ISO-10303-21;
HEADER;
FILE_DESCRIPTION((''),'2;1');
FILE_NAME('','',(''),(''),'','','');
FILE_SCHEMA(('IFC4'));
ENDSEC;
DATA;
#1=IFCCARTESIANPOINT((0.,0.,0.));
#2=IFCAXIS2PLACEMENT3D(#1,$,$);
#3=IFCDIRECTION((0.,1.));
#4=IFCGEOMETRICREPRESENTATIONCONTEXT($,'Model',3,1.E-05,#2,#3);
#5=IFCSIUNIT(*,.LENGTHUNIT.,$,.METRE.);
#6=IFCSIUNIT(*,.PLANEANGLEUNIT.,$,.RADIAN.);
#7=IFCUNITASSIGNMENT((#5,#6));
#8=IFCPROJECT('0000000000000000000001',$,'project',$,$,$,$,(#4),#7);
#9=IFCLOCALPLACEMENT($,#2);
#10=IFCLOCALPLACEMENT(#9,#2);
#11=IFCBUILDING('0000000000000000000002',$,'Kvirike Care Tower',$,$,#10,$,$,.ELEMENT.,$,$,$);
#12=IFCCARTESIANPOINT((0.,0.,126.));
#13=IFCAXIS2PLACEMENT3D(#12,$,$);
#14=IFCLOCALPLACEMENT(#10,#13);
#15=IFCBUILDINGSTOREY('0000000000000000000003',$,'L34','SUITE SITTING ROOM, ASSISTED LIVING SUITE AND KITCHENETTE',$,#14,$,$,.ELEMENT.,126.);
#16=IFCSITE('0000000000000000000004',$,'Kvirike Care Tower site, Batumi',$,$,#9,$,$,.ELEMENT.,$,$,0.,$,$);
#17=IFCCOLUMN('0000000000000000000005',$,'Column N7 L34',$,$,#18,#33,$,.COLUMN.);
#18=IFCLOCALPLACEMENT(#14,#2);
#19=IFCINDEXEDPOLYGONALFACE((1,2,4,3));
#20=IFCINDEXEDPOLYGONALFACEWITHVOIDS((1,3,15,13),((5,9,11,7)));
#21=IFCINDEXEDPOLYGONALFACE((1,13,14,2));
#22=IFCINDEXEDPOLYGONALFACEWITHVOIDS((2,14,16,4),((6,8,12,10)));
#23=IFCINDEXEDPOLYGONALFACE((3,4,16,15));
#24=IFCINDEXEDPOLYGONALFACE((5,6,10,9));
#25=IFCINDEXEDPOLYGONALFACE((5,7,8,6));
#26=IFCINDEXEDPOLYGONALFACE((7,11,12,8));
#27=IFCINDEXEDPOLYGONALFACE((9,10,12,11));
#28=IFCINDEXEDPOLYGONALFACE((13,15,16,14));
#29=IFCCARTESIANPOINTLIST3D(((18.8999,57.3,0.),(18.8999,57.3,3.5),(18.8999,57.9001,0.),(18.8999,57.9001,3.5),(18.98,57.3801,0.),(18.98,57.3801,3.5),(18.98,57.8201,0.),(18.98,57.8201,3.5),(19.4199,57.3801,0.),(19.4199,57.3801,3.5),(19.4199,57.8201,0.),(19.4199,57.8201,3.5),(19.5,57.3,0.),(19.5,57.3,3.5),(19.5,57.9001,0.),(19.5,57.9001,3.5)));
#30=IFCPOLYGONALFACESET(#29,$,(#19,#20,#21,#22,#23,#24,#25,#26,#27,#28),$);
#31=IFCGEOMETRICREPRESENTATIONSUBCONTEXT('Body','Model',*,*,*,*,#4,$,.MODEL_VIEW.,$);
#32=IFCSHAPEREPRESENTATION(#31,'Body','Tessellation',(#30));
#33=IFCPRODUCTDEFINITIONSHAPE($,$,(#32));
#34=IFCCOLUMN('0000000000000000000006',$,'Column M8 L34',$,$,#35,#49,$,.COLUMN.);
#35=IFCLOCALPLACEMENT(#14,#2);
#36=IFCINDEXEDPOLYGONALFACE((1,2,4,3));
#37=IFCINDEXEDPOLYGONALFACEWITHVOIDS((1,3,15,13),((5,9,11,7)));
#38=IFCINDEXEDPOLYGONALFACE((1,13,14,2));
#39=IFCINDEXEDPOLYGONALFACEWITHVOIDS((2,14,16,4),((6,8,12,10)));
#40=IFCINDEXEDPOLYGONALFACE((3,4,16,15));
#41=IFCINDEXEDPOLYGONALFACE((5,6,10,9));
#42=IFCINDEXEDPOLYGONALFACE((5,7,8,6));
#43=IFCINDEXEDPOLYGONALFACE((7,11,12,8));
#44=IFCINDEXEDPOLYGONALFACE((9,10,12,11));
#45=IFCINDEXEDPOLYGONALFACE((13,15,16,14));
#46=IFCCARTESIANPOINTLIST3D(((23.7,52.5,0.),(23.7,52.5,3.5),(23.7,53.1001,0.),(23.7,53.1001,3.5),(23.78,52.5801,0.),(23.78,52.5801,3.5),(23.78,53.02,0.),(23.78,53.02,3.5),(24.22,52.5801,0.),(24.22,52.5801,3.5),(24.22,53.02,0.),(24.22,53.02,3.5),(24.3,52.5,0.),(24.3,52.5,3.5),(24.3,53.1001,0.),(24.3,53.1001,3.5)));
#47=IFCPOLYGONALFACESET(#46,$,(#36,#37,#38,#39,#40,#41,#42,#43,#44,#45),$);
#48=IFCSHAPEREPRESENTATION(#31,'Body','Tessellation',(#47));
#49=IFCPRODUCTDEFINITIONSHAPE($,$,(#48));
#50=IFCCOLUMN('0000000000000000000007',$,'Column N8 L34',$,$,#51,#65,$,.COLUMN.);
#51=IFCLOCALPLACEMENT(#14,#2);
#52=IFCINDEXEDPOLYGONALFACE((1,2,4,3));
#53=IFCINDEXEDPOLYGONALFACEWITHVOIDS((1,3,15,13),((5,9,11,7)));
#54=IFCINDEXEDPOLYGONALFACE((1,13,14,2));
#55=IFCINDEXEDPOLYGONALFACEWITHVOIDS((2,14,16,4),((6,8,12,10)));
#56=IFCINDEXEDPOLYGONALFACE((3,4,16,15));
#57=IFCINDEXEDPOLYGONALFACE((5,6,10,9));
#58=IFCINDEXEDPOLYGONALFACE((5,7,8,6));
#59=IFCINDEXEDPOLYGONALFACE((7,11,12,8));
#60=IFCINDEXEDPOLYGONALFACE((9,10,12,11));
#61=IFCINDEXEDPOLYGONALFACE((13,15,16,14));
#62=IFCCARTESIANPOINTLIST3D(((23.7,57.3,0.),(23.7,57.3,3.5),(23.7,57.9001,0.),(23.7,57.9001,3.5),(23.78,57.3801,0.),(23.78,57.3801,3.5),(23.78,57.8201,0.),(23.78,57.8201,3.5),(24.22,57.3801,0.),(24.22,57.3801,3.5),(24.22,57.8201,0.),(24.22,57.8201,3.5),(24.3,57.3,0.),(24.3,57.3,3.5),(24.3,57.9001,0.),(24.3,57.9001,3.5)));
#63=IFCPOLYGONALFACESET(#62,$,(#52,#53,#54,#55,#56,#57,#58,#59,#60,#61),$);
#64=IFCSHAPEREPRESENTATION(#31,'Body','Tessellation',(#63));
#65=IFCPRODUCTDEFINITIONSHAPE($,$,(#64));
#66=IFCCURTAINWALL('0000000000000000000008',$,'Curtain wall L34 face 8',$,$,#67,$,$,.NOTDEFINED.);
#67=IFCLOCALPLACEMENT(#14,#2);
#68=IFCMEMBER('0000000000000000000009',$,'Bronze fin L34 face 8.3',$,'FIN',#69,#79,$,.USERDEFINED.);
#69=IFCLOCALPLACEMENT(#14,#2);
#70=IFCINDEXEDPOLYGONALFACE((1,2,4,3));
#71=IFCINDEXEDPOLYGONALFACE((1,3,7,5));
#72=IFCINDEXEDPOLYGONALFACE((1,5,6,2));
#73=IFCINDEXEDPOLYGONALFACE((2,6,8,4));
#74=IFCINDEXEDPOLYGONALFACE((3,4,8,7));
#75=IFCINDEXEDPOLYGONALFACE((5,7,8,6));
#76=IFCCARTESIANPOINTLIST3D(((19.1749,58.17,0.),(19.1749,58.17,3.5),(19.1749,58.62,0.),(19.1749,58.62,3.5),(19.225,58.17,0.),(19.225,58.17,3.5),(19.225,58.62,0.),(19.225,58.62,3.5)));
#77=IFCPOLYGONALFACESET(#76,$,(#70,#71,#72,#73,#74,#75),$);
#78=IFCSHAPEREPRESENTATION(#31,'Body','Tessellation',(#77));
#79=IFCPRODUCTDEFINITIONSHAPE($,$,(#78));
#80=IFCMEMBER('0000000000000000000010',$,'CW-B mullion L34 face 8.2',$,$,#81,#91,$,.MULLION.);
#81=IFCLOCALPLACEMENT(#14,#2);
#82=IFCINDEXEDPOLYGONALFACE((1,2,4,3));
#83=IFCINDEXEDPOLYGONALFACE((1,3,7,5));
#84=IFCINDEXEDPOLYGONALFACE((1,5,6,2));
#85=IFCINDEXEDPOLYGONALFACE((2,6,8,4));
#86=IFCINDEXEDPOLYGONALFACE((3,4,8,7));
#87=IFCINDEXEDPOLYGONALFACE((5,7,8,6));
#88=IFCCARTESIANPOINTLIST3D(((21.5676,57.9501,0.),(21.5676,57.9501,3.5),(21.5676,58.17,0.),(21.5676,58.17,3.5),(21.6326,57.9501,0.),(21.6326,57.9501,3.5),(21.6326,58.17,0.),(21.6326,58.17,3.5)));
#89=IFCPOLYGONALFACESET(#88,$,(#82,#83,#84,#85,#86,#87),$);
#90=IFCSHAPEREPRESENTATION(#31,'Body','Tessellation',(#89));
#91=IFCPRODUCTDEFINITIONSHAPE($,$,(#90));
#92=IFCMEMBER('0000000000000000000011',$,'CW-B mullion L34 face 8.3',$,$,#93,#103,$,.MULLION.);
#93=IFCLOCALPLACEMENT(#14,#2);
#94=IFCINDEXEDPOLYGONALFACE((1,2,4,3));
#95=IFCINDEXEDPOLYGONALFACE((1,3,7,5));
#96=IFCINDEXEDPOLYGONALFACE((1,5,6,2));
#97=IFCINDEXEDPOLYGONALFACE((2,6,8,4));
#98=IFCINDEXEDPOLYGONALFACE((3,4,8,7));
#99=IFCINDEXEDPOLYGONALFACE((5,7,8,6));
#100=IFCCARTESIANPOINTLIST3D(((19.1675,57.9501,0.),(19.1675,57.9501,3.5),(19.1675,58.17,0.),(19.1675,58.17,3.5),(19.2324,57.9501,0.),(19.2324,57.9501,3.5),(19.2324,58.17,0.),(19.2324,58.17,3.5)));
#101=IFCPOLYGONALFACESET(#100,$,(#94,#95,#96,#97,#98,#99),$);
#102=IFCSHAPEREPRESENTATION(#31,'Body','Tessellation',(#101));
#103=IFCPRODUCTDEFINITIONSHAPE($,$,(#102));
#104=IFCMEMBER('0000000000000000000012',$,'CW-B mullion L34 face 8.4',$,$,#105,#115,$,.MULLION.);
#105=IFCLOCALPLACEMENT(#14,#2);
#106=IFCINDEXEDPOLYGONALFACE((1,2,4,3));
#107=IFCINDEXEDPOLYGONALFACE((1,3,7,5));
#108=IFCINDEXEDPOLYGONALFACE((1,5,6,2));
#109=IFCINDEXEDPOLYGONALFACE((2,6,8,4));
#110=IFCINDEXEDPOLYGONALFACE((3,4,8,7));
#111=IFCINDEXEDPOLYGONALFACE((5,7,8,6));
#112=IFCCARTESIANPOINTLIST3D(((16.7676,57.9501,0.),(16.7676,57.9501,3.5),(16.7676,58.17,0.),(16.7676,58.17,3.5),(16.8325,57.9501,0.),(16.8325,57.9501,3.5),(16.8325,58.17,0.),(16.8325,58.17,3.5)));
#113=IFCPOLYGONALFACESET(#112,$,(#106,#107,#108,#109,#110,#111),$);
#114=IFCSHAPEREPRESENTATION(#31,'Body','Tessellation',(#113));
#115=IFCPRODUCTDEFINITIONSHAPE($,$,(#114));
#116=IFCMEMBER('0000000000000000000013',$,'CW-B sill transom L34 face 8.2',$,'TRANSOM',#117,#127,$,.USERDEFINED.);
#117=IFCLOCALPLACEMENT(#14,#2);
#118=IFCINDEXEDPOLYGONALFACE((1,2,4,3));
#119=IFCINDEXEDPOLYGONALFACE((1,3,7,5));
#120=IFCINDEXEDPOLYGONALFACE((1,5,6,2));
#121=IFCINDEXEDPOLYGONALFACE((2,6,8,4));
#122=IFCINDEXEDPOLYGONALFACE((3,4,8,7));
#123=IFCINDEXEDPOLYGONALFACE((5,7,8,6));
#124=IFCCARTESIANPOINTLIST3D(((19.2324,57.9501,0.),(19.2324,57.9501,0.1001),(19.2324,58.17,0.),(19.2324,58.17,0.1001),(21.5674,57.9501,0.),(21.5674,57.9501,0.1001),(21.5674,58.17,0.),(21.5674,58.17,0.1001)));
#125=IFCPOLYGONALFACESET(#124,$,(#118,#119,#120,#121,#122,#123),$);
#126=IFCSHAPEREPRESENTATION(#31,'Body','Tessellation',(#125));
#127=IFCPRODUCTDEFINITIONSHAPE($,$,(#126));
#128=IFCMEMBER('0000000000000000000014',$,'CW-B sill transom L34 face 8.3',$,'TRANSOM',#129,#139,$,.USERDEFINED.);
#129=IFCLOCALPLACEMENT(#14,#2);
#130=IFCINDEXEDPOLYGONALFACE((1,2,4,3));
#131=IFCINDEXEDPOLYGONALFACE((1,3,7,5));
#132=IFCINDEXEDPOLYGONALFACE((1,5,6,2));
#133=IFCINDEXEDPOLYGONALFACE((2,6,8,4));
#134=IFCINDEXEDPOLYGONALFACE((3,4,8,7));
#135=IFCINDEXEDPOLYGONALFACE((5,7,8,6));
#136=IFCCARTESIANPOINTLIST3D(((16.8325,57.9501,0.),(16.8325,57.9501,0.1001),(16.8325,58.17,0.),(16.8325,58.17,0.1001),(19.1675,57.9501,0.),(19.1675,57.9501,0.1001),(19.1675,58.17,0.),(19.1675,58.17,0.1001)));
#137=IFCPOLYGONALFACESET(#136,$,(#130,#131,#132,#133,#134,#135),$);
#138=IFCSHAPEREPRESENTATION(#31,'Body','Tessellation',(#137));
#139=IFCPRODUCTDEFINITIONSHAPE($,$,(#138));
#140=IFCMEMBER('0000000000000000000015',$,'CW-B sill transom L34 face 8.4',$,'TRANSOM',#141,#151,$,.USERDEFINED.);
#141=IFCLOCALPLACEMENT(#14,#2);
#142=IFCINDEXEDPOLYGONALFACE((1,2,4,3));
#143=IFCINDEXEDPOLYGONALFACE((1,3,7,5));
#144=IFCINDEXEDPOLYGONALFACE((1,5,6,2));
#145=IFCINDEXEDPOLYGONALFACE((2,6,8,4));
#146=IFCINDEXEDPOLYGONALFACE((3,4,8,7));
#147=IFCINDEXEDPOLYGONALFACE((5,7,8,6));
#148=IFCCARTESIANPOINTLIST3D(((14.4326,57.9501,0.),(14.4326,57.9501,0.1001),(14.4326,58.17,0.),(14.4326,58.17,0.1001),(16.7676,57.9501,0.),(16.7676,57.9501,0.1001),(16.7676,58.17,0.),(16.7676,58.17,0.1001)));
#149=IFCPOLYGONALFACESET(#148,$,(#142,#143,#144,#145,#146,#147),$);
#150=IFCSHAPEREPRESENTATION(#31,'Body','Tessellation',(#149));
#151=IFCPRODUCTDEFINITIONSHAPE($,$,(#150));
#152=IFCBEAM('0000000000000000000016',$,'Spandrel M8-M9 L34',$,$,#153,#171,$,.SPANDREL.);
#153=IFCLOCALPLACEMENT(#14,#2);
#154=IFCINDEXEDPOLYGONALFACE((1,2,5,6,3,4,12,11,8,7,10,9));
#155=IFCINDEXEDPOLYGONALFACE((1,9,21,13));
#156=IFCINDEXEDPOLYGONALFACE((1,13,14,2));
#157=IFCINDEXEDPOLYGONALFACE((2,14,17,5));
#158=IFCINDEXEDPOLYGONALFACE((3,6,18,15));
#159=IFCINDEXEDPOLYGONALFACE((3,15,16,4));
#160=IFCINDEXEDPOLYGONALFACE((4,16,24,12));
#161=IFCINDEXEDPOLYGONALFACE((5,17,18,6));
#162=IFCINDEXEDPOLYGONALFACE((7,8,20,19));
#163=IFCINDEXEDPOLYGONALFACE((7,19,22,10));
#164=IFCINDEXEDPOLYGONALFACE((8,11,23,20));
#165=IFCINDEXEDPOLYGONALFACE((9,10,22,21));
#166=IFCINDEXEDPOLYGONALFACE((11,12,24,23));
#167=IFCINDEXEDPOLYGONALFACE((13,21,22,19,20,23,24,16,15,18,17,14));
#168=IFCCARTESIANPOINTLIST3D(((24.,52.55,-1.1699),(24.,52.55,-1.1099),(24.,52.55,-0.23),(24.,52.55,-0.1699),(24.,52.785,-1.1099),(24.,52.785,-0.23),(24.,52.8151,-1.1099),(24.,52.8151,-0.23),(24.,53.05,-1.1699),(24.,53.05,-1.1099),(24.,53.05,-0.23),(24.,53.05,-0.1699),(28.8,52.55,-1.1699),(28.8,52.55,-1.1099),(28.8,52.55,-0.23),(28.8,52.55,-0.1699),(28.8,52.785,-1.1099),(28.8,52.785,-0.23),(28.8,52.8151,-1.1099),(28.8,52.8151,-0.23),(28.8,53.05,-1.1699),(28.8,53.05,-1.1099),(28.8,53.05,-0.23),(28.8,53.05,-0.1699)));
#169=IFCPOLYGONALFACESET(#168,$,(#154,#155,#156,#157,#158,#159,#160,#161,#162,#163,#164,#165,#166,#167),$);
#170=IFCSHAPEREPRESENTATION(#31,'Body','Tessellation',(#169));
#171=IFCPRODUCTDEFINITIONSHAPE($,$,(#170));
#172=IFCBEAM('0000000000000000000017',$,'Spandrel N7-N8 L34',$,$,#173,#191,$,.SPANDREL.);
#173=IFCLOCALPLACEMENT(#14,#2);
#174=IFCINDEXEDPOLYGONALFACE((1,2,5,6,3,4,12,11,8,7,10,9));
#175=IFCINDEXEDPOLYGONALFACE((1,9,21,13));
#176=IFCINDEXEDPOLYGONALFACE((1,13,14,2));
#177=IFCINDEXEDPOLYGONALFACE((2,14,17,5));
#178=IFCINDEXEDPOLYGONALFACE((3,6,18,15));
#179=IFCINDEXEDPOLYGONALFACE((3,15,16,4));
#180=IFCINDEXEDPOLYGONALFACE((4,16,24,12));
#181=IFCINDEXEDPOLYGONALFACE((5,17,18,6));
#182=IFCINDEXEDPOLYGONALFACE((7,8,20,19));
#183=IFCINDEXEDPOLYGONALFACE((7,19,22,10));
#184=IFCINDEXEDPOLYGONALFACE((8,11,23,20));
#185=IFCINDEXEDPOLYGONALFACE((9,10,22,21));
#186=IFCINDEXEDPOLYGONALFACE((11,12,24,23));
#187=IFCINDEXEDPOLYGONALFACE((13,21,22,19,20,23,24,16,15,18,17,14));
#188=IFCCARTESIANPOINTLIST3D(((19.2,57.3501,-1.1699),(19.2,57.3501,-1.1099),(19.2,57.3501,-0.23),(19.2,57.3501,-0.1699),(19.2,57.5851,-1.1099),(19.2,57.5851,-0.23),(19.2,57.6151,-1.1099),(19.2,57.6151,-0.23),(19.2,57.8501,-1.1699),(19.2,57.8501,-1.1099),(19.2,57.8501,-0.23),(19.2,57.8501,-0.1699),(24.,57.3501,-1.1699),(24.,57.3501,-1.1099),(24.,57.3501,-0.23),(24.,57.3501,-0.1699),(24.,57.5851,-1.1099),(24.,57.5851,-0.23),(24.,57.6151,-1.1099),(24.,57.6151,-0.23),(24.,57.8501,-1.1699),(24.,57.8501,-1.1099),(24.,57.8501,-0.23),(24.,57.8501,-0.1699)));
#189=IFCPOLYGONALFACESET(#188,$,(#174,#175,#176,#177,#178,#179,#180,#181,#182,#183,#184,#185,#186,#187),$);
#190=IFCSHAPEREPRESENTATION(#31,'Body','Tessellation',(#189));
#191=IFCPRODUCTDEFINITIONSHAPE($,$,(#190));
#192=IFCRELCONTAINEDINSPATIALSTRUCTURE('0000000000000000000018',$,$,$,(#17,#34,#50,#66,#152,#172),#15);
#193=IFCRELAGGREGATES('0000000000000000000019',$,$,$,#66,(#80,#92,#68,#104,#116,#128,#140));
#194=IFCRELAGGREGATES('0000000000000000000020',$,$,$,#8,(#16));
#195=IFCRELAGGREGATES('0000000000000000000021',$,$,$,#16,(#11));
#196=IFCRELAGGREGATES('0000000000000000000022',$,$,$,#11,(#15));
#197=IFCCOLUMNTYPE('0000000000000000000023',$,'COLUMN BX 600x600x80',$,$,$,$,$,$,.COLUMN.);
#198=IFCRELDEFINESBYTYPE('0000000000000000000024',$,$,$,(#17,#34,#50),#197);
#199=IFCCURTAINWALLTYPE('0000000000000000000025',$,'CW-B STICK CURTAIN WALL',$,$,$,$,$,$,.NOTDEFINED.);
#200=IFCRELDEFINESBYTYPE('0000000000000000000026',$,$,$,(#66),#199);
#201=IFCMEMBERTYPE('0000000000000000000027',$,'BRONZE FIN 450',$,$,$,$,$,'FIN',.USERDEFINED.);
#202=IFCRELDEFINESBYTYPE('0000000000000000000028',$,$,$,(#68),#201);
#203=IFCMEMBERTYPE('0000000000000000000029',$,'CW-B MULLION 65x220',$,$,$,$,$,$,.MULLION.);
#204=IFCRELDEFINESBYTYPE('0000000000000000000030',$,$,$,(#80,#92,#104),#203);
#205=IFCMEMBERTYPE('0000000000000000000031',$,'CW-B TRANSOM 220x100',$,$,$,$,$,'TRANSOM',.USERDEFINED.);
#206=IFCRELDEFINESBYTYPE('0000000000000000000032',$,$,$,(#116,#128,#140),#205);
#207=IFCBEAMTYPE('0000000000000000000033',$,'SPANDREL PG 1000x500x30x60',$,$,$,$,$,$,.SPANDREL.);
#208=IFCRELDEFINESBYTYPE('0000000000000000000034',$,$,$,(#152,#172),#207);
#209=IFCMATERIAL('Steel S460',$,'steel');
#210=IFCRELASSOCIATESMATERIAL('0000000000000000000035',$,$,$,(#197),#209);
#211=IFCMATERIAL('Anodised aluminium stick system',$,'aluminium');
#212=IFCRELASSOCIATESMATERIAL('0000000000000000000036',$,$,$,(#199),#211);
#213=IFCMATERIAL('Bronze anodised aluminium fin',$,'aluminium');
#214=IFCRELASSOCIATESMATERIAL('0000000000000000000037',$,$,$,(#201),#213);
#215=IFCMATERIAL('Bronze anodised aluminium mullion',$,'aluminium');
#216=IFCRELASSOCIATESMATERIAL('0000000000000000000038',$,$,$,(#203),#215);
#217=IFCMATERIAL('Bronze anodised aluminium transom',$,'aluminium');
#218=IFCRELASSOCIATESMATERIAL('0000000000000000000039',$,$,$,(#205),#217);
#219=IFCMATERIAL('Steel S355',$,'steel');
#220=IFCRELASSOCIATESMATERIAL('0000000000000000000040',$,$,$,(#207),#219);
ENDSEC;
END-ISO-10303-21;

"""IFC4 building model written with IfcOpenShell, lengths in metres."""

from ifc_helpers import new_model, si_unit, direction, frame, origin, origin_2d, place, context, subcontext, project, spatial, rectangle, hollow_rectangle, i_section, extrude, material, material_profile, profile_set, type_object, element, aggregate, save


model = new_model("IFC4")

# Units and contexts
model_context = context("Model", 3, precision=1e-05, world=origin(), true_north=direction((0.0, 1.0)))
body_context = subcontext(model_context, "Body", "Model", "MODEL_VIEW")
ifc_project = project(units=[si_unit("LENGTHUNIT", "METRE"), si_unit("PLANEANGLEUNIT", "RADIAN")], contexts=[model_context])

# Site, building, storey
site_placement = place(None, origin())
site = spatial("IfcSite", under=ifc_project, at=site_placement, Name="Kvirike Care Tower site, Batumi", CompositionType="ELEMENT", RefElevation=0.0)
building_placement = place(site_placement, origin())
building = spatial("IfcBuilding", under=site, at=building_placement, Name="Kvirike Care Tower", CompositionType="ELEMENT")
storey_placement = place(building_placement, frame((0.0, 0.0, 126.0)))
storey = spatial("IfcBuildingStorey", under=building, at=storey_placement, Name="L34", Description="SUITE SITTING ROOM, ASSISTED LIVING SUITE AND KITCHENETTE", CompositionType="ELEMENT", Elevation=126.0)

# Columns
ifc_material_1 = material(Name="Steel S460", Category="steel")
ifc_material_profile_1 = material_profile(ifc_material_1, hollow_rectangle(XDim=0.6001, YDim=0.6001, WallThickness=0.0801, at=origin_2d()), Name="BX 600x600x80")
ifc_profile_set_1 = profile_set([ifc_material_profile_1], Name="Steel S460")
column_type = type_object("IfcColumnType", Name="COLUMN BX 600x600x80", PredefinedType="COLUMN", material=ifc_profile_set_1)
for number, where, z_axis, x_axis, name in (
    (1, (19.2, 57.6001, 0.0), (0.0, 0.0, 1.0), (0.0, 1.0, 0.0), "Column N7 L34"),
    (2, (24.0, 52.8, 0.0), (0.0, 0.0, 1.0), (0.0, 1.0, 0.0), "Column M8 L34"),
    (3, (24.0, 57.6001, 0.0), (0.0, 0.0, 1.0), (0.0, 1.0, 0.0), "Column N8 L34"),
):
    element("IfcColumn", number, at=place(storey_placement, frame(where, z_axis=z_axis, x_axis=x_axis)), inside=storey, type_object=column_type, Name=name, PredefinedType="COLUMN", context=body_context, shape_type="SweptSolid", body=[
        extrude(hollow_rectangle(XDim=0.6001, YDim=0.6001, WallThickness=0.0801, at=origin_2d()), origin(), (0.0, 0.0, 1.0), 3.5),
    ])

# Curtain wall, members
ifc_material_2 = material(Name="Anodised aluminium stick system", Category="aluminium")
curtain_wall_type = type_object("IfcCurtainWallType", Name="CW-B STICK CURTAIN WALL", PredefinedType="NOTDEFINED", material=ifc_material_2)
curtain_wall_placement = place(storey_placement, origin())
curtain_wall = element("IfcCurtainWall", 4, at=curtain_wall_placement, inside=storey, type_object=curtain_wall_type, Name="Curtain wall L34 face 8", PredefinedType="NOTDEFINED")
ifc_material_3 = material(Name="Bronze anodised aluminium fin", Category="aluminium")
ifc_material_profile_2 = material_profile(ifc_material_3, rectangle(XDim=0.05, YDim=0.45, at=origin_2d()), Name="BRONZE FIN 450")
ifc_profile_set_2 = profile_set([ifc_material_profile_2], Name="Bronze anodised aluminium fin")
member_type_1 = type_object("IfcMemberType", Name="BRONZE FIN 450", ElementType="FIN", PredefinedType="USERDEFINED", material=ifc_profile_set_2)
member_1_placement = place(storey_placement, frame((19.2, 58.395, 0.0), z_axis=(0.0, 0.0, 1.0), x_axis=(-1.0, 0.0, 0.0)))
member_1 = element("IfcMember", 5, at=member_1_placement, type_object=member_type_1, Name="Bronze fin L34 face 8.3", ObjectType="FIN", PredefinedType="USERDEFINED", context=body_context, shape_type="SweptSolid", body=[
    extrude(rectangle(XDim=0.05, YDim=0.45, at=origin_2d()), origin(), (0.0, 0.0, 1.0), 3.5),
])
ifc_material_4 = material(Name="Bronze anodised aluminium mullion", Category="aluminium")
ifc_material_profile_3 = material_profile(ifc_material_4, rectangle(XDim=0.0649, YDim=0.22, at=origin_2d()), Name="CW-B MULLION 65x220")
ifc_profile_set_3 = profile_set([ifc_material_profile_3], Name="Bronze anodised aluminium mullion")
member_type_2 = type_object("IfcMemberType", Name="CW-B MULLION 65x220", PredefinedType="MULLION", material=ifc_profile_set_3)
member_2_placement = place(storey_placement, frame((21.6001, 58.0601, 0.0), z_axis=(0.0, 0.0, 1.0), x_axis=(-1.0, 0.0, 0.0)))
member_2 = element("IfcMember", 6, at=member_2_placement, type_object=member_type_2, Name="CW-B mullion L34 face 8.2", PredefinedType="MULLION", context=body_context, shape_type="SweptSolid", body=[
    extrude(rectangle(XDim=0.0649, YDim=0.22, at=origin_2d()), origin(), (0.0, 0.0, 1.0), 3.5),
])
member_3_placement = place(storey_placement, frame((19.2, 58.0601, 0.0), z_axis=(0.0, 0.0, 1.0), x_axis=(-1.0, 0.0, 0.0)))
member_3 = element("IfcMember", 7, at=member_3_placement, type_object=member_type_2, Name="CW-B mullion L34 face 8.3", PredefinedType="MULLION", context=body_context, shape_type="SweptSolid", body=[
    extrude(rectangle(XDim=0.0649, YDim=0.22, at=origin_2d()), origin(), (0.0, 0.0, 1.0), 3.5),
])
member_4_placement = place(storey_placement, frame((16.8, 58.0601, 0.0), z_axis=(0.0, 0.0, 1.0), x_axis=(-1.0, 0.0, 0.0)))
member_4 = element("IfcMember", 8, at=member_4_placement, type_object=member_type_2, Name="CW-B mullion L34 face 8.4", PredefinedType="MULLION", context=body_context, shape_type="SweptSolid", body=[
    extrude(rectangle(XDim=0.0649, YDim=0.22, at=origin_2d()), origin(), (0.0, 0.0, 1.0), 3.5),
])
ifc_material_5 = material(Name="Bronze anodised aluminium transom", Category="aluminium")
ifc_material_profile_4 = material_profile(ifc_material_5, rectangle(XDim=0.22, YDim=0.1001, at=origin_2d()), Name="CW-B TRANSOM 220x100")
ifc_profile_set_4 = profile_set([ifc_material_profile_4], Name="Bronze anodised aluminium transom")
member_type_3 = type_object("IfcMemberType", Name="CW-B TRANSOM 220x100", ElementType="TRANSOM", PredefinedType="USERDEFINED", material=ifc_profile_set_4)
member_5_placement = place(storey_placement, frame((21.5674, 58.0601, 0.05), z_axis=(-1.0, 0.0, 0.0), x_axis=(0.0, -1.0, 0.0)))
member_5 = element("IfcMember", 9, at=member_5_placement, type_object=member_type_3, Name="CW-B sill transom L34 face 8.2", ObjectType="TRANSOM", PredefinedType="USERDEFINED", context=body_context, shape_type="SweptSolid", body=[
    extrude(rectangle(XDim=0.22, YDim=0.1001, at=origin_2d()), origin(), (0.0, 0.0, 1.0), 2.335),
])
member_6_placement = place(storey_placement, frame((19.1675, 58.0601, 0.05), z_axis=(-1.0, 0.0, 0.0), x_axis=(0.0, -1.0, 0.0)))
member_6 = element("IfcMember", 10, at=member_6_placement, type_object=member_type_3, Name="CW-B sill transom L34 face 8.3", ObjectType="TRANSOM", PredefinedType="USERDEFINED", context=body_context, shape_type="SweptSolid", body=[
    extrude(rectangle(XDim=0.22, YDim=0.1001, at=origin_2d()), origin(), (0.0, 0.0, 1.0), 2.335),
])
member_7_placement = place(storey_placement, frame((16.7676, 58.0601, 0.05), z_axis=(-1.0, 0.0, 0.0), x_axis=(0.0, -1.0, 0.0)))
member_7 = element("IfcMember", 11, at=member_7_placement, type_object=member_type_3, Name="CW-B sill transom L34 face 8.4", ObjectType="TRANSOM", PredefinedType="USERDEFINED", context=body_context, shape_type="SweptSolid", body=[
    extrude(rectangle(XDim=0.22, YDim=0.1001, at=origin_2d()), origin(), (0.0, 0.0, 1.0), 2.335),
])

# Beams
ifc_material_6 = material(Name="Steel S355", Category="steel")
ifc_material_profile_5 = material_profile(ifc_material_6, i_section(OverallWidth=0.5, OverallDepth=1.0, WebThickness=0.03, FlangeThickness=0.0601, at=origin_2d()), Name="PG 1000x500x30x60")
ifc_profile_set_5 = profile_set([ifc_material_profile_5], Name="Steel S355")
beam_type = type_object("IfcBeamType", Name="SPANDREL PG 1000x500x30x60", PredefinedType="SPANDREL", material=ifc_profile_set_5)
for number, where, z_axis, x_axis, name in (
    (12, (24.0, 52.8, -0.6699), (1.0, 0.0, 0.0), (0.0, 1.0, 0.0), "Spandrel M8-M9 L34"),
    (13, (19.2, 57.6001, -0.6699), (1.0, 0.0, 0.0), (0.0, 1.0, 0.0), "Spandrel N7-N8 L34"),
):
    element("IfcBeam", number, at=place(storey_placement, frame(where, z_axis=z_axis, x_axis=x_axis)), inside=storey, type_object=beam_type, Name=name, PredefinedType="SPANDREL", context=body_context, shape_type="SweptSolid", body=[
        extrude(i_section(OverallWidth=0.5, OverallDepth=1.0, WebThickness=0.03, FlangeThickness=0.0601, at=origin_2d()), origin(), (0.0, 0.0, 1.0), 4.8),
    ])

aggregate(curtain_wall, [member_2, member_3, member_1, member_4, member_5, member_6, member_7])

save(model, "model.ifc")
